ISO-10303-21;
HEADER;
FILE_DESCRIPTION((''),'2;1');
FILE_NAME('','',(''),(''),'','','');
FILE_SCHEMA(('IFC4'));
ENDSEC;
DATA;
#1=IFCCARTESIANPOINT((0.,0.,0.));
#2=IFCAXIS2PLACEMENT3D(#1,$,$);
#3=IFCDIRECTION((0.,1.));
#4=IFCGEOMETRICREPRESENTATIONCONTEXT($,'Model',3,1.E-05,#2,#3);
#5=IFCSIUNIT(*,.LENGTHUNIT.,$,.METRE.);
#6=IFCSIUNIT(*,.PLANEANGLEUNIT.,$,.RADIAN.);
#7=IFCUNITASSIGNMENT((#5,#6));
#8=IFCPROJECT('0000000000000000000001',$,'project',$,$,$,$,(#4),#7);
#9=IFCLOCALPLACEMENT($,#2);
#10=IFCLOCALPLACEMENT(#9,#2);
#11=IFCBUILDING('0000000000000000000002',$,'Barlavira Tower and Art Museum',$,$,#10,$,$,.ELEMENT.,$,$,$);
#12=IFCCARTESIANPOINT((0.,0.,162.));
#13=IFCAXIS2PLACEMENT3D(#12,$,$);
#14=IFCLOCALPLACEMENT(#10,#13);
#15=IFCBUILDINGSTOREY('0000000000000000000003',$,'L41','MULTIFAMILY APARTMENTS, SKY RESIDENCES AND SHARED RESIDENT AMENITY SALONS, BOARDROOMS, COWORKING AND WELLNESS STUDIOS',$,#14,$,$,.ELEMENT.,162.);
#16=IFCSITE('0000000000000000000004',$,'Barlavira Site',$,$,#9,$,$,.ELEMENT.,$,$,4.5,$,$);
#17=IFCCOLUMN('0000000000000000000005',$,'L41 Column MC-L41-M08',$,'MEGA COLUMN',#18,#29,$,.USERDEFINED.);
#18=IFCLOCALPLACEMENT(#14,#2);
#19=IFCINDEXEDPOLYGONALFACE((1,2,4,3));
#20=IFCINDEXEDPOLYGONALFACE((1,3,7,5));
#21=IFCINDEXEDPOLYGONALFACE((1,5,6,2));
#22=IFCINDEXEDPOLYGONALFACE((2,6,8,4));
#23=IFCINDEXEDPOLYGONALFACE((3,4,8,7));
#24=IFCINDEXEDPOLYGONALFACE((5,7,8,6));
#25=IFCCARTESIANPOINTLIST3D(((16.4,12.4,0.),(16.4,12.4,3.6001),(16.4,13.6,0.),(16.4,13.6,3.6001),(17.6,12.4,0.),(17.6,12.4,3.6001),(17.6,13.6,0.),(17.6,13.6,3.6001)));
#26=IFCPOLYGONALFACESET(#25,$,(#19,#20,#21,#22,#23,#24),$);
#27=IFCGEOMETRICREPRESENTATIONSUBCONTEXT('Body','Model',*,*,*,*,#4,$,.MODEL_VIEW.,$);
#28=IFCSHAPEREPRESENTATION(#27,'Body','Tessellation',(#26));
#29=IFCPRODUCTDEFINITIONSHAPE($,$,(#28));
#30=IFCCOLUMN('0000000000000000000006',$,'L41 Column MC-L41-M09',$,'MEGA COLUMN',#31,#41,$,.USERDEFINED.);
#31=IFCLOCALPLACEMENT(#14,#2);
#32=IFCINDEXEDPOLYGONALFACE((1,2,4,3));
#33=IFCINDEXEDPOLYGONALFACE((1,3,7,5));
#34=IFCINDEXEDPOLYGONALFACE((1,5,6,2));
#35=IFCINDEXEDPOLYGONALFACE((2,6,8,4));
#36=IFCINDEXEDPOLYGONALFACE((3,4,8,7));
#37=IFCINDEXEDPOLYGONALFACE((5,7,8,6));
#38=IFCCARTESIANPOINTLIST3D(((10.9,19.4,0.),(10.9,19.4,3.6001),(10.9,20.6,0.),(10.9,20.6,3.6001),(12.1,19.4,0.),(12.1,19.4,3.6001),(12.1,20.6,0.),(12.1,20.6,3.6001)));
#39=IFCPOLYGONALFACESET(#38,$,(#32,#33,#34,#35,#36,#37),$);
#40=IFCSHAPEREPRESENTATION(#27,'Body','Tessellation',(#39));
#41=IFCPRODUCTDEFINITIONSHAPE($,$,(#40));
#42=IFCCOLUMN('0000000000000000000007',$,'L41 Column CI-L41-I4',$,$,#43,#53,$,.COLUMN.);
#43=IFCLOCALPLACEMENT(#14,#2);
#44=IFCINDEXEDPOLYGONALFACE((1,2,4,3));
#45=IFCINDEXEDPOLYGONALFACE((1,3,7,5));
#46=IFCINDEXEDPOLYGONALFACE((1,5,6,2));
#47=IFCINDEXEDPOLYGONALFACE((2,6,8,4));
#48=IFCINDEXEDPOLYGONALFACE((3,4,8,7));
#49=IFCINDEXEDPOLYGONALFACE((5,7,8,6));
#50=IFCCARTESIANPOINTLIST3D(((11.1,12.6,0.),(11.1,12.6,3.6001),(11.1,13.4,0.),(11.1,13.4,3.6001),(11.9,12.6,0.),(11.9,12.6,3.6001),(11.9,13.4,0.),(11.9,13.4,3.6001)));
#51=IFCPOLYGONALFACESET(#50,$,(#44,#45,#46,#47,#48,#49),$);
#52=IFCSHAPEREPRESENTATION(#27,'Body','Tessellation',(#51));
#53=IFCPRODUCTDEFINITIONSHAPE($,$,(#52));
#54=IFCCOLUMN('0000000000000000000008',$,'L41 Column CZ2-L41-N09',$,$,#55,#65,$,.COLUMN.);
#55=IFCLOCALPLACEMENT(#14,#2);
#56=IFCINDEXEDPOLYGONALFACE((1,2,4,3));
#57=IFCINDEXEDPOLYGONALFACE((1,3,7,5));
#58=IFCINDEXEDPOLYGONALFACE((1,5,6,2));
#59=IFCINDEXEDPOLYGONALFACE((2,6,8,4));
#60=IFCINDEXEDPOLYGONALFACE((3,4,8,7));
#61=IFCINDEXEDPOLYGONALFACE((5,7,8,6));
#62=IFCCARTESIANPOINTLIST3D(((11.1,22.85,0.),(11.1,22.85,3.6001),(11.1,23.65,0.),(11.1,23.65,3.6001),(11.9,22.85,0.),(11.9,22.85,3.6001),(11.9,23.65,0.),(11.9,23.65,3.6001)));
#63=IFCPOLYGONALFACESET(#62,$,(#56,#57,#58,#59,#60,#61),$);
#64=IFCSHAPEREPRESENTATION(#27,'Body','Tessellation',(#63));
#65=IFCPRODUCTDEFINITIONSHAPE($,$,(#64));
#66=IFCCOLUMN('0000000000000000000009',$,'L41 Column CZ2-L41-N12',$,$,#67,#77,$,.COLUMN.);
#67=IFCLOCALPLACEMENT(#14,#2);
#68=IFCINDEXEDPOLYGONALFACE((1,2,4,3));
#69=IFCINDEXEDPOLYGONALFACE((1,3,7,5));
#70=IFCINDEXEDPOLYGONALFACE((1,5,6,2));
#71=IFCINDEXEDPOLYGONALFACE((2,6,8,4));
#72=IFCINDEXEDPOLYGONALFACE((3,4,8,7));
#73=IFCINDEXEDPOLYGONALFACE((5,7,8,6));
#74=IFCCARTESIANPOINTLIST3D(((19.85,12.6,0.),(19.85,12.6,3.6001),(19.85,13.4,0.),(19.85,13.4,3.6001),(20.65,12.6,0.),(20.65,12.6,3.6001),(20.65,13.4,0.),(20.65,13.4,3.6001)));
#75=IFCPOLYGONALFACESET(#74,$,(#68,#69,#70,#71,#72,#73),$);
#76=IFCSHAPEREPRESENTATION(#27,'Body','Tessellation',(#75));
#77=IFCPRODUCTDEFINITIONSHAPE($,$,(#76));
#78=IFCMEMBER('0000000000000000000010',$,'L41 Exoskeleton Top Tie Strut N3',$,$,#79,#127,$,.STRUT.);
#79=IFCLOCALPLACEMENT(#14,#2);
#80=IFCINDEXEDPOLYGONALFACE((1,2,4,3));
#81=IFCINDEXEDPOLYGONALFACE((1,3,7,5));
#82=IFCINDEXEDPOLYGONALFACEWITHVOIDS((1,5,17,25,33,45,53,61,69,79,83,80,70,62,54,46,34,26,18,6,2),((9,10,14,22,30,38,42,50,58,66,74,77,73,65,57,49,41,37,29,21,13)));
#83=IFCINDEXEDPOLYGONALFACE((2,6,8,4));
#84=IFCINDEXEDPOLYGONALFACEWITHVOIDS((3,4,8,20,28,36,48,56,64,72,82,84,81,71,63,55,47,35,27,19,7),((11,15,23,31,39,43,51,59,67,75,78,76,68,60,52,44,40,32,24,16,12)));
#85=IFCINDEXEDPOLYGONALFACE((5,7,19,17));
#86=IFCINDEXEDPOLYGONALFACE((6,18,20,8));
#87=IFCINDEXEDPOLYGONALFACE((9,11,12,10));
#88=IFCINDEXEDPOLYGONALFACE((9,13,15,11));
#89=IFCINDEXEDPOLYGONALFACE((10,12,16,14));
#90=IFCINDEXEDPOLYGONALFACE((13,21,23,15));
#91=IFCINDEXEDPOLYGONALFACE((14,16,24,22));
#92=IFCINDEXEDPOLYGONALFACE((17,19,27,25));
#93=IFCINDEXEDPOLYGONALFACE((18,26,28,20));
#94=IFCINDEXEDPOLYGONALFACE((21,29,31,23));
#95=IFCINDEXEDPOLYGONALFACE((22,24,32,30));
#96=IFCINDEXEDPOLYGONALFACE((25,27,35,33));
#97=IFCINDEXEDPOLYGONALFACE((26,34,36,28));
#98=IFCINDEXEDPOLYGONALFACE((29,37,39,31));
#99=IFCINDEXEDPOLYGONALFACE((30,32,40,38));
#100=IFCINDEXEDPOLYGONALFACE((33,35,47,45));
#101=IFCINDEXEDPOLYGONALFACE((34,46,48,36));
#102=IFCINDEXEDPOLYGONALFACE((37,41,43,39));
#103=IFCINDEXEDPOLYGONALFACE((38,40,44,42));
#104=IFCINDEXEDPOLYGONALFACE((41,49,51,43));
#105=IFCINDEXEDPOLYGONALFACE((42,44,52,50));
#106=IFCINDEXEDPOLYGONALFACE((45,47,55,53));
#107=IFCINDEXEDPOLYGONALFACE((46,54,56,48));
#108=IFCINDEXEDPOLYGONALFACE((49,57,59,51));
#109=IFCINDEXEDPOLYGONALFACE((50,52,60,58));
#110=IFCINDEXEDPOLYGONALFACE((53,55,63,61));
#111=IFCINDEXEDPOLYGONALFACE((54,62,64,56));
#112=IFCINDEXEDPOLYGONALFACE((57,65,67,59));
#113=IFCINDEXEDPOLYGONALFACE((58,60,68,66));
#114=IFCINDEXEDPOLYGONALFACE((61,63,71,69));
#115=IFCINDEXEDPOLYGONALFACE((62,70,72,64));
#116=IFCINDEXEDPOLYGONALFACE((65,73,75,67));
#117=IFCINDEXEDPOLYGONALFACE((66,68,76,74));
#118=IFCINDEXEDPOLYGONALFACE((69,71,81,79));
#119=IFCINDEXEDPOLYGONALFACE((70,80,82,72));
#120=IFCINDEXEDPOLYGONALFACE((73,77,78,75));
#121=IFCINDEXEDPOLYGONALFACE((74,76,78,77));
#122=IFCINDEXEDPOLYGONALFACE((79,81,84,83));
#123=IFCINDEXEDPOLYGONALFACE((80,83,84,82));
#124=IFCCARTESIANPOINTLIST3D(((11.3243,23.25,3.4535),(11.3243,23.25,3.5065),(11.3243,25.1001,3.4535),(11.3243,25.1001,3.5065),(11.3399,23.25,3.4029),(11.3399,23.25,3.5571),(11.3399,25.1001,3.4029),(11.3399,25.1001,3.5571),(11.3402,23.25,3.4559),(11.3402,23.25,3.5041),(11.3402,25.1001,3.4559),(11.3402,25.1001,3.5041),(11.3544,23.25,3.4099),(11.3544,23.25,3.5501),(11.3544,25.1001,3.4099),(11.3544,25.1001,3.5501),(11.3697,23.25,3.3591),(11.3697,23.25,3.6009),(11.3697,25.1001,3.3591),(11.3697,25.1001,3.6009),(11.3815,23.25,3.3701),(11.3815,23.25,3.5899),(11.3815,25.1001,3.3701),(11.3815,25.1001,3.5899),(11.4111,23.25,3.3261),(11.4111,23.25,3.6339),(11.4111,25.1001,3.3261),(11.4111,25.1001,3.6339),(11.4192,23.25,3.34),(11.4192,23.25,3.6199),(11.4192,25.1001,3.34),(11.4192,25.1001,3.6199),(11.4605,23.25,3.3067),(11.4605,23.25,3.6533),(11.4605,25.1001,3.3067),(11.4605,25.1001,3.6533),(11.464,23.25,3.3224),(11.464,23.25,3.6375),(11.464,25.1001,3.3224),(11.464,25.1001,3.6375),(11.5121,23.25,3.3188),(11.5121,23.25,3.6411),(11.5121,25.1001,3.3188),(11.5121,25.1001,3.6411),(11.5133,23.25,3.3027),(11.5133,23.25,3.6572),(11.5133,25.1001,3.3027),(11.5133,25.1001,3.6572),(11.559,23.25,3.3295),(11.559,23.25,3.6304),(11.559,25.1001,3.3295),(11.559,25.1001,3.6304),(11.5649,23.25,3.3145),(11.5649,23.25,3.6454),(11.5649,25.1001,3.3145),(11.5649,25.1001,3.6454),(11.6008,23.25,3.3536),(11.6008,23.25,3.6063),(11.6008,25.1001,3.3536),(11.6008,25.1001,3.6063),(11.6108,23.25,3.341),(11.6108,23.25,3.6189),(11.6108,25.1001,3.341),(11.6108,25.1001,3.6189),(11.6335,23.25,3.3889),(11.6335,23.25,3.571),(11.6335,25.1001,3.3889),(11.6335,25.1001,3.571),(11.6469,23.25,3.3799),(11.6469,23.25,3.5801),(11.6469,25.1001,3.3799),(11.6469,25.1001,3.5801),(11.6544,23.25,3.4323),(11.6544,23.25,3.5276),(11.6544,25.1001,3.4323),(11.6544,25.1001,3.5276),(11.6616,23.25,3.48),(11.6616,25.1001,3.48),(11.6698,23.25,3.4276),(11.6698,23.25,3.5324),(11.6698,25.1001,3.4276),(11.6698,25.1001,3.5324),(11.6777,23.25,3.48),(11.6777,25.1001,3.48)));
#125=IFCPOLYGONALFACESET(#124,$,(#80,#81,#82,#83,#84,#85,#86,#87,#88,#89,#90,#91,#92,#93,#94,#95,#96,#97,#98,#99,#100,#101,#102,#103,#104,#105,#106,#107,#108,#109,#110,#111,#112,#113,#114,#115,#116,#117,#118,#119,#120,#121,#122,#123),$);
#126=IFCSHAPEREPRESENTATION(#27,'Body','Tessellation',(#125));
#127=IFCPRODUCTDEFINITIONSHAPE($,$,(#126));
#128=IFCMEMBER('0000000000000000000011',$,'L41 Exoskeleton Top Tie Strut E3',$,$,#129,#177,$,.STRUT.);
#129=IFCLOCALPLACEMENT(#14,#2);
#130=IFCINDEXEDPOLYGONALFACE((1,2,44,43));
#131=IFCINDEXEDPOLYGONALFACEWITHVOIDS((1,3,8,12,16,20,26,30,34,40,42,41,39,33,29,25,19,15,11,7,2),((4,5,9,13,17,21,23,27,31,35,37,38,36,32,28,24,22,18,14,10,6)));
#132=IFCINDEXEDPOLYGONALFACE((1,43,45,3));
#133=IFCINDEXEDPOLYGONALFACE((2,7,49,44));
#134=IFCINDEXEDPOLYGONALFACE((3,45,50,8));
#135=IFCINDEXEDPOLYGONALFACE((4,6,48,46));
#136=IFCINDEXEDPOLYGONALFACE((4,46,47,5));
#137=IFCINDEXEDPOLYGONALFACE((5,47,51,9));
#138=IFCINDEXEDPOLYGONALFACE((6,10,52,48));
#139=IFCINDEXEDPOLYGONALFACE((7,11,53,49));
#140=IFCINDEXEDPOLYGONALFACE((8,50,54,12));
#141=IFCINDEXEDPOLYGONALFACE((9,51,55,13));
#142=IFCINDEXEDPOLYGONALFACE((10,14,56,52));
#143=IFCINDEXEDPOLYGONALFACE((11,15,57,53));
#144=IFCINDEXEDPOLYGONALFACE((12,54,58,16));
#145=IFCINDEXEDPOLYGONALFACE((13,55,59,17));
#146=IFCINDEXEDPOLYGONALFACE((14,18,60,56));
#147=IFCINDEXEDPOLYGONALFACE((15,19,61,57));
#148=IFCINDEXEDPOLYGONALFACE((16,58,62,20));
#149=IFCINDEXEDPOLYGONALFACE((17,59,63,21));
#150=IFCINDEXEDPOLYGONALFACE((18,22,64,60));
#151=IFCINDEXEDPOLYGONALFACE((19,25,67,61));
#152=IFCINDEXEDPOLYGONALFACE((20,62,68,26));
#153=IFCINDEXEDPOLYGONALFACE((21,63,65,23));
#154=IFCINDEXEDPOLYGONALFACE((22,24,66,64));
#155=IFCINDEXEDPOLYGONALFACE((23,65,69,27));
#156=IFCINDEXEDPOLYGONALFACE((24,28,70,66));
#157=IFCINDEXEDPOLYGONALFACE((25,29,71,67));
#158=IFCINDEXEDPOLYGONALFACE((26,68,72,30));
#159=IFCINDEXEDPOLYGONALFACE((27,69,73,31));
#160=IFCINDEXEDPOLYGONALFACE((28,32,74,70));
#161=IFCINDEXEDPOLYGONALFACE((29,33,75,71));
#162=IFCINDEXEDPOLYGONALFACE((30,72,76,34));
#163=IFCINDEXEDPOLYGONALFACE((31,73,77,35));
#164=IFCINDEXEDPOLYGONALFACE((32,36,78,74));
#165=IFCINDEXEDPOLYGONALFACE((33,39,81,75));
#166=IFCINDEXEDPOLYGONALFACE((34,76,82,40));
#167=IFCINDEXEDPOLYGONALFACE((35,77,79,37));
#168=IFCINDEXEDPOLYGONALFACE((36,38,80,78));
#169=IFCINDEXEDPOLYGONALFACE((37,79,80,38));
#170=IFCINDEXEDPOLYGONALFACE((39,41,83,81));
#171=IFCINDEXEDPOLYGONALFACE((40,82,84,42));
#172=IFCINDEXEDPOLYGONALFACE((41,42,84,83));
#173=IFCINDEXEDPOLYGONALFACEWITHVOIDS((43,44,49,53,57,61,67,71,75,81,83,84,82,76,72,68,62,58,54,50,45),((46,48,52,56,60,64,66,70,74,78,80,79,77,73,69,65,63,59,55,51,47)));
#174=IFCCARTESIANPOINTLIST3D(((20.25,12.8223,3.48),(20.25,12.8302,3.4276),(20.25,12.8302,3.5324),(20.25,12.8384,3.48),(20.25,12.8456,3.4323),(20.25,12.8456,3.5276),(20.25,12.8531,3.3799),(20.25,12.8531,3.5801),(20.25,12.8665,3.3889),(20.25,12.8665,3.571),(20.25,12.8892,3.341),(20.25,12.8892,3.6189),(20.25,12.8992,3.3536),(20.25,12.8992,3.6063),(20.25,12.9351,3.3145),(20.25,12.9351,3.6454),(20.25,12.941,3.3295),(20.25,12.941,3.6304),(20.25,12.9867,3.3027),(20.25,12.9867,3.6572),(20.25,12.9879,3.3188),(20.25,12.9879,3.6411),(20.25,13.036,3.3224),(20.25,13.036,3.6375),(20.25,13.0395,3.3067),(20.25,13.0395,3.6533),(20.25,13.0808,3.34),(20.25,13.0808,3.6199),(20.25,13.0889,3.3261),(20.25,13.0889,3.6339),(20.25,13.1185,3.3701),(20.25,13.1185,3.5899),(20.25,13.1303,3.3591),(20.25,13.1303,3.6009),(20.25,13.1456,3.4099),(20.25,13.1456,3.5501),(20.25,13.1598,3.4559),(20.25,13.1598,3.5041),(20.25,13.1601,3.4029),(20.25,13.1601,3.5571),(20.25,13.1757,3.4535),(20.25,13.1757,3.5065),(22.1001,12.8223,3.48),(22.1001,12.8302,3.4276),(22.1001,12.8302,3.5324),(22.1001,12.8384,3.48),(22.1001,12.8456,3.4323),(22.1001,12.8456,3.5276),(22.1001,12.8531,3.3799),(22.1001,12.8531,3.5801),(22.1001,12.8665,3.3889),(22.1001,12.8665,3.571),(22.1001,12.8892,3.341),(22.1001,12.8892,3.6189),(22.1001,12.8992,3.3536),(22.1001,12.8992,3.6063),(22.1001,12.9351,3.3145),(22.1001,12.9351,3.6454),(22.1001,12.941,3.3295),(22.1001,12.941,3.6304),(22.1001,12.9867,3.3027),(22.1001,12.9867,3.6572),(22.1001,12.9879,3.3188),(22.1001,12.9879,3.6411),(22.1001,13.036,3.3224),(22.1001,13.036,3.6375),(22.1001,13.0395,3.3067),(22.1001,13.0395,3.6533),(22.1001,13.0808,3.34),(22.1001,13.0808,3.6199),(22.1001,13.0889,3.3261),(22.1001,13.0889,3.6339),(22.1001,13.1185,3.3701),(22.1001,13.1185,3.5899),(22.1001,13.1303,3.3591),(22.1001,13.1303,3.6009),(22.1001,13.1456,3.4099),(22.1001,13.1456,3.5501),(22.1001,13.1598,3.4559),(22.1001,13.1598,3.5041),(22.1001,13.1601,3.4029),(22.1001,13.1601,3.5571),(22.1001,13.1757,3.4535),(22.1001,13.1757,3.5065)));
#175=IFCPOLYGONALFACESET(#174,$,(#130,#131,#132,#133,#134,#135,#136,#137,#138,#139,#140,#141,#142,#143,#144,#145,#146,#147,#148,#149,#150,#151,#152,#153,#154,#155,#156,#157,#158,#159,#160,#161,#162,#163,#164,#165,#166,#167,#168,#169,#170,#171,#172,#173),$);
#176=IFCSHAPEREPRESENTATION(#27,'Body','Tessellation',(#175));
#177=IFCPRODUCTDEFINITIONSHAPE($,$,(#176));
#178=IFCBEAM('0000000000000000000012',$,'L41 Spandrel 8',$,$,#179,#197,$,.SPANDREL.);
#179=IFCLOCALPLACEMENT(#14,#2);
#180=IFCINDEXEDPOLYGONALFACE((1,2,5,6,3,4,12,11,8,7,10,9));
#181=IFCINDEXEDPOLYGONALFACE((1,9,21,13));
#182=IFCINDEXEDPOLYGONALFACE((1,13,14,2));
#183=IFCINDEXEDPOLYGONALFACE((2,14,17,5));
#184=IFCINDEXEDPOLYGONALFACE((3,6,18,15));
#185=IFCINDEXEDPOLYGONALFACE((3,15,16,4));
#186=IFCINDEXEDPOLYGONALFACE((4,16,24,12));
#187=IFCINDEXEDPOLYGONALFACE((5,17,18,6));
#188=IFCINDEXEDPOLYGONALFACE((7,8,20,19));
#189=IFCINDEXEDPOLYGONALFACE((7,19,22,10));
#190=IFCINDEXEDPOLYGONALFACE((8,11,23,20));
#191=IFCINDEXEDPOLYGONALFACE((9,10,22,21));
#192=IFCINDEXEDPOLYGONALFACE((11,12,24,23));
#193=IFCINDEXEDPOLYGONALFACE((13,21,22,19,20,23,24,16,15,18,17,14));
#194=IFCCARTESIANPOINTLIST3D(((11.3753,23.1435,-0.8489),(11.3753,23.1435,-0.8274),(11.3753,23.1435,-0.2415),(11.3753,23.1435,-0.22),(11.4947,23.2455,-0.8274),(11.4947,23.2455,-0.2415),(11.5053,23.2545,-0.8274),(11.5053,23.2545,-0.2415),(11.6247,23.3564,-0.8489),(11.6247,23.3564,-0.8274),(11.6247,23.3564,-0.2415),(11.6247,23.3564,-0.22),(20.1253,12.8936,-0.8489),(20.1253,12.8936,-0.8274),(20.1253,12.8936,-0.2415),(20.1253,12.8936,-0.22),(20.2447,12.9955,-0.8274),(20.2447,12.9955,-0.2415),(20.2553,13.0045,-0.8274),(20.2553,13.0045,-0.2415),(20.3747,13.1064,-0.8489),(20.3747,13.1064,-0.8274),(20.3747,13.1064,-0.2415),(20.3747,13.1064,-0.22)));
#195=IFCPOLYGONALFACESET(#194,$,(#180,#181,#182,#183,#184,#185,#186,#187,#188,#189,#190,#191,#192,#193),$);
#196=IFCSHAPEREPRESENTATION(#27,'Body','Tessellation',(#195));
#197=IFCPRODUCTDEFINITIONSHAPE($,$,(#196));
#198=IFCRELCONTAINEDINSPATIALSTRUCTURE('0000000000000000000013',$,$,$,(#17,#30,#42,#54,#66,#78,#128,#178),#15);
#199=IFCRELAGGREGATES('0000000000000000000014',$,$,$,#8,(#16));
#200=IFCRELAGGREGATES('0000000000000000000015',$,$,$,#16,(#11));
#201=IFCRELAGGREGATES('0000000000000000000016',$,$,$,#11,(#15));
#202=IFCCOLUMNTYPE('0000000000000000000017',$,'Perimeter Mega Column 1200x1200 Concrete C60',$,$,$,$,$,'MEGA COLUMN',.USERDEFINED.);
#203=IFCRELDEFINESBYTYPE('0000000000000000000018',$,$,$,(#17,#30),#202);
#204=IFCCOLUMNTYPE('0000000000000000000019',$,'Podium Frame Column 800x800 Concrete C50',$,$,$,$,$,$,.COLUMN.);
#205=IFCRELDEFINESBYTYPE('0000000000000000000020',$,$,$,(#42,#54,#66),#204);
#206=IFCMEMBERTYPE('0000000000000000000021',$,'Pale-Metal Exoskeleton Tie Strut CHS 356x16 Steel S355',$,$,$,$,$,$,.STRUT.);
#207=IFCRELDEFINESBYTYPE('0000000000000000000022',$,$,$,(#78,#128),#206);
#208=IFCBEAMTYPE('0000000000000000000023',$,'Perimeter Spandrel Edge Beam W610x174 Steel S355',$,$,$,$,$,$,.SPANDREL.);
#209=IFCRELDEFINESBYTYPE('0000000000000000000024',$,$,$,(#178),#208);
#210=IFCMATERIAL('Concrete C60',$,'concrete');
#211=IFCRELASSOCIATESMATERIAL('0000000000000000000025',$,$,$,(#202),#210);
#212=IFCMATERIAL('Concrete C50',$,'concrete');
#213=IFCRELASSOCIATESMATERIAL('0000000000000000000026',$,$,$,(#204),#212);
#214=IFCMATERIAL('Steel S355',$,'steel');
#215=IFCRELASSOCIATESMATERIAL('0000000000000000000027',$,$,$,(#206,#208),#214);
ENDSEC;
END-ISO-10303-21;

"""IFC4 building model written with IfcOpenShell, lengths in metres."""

from ifc_helpers import new_model, si_unit, direction, frame, origin, origin_2d, place, context, subcontext, project, spatial, rectangle, hollow_circle, i_section, extrude, material, material_profile, profile_set, type_object, element, save


model = new_model("IFC4")

# Units and contexts
model_context = context("Model", 3, precision=1e-05, world=origin(), true_north=direction((0.0, 1.0)))
body_context = subcontext(model_context, "Body", "Model", "MODEL_VIEW")
ifc_project = project(units=[si_unit("LENGTHUNIT", "METRE"), si_unit("PLANEANGLEUNIT", "RADIAN")], contexts=[model_context])

# Site, building, storey
site_placement = place(None, origin())
site = spatial("IfcSite", under=ifc_project, at=site_placement, Name="Barlavira Site", CompositionType="ELEMENT", RefElevation=4.5)
building_placement = place(site_placement, origin())
building = spatial("IfcBuilding", under=site, at=building_placement, Name="Barlavira Tower and Art Museum", CompositionType="ELEMENT")
storey_placement = place(building_placement, frame((0.0, 0.0, 162.0)))
storey = spatial("IfcBuildingStorey", under=building, at=storey_placement, Name="L41", Description="MULTIFAMILY APARTMENTS, SKY RESIDENCES AND SHARED RESIDENT AMENITY SALONS, BOARDROOMS, COWORKING AND WELLNESS STUDIOS", CompositionType="ELEMENT", Elevation=162.0)

# Columns
ifc_material_1 = material(Name="Concrete C60", Category="concrete")
ifc_material_profile_1 = material_profile(ifc_material_1, rectangle(XDim=1.2, YDim=1.2, at=origin_2d()), Name="RC-COL 1200x1200")
ifc_profile_set_1 = profile_set([ifc_material_profile_1], Name="Concrete C60")
column_type_1 = type_object("IfcColumnType", Name="Perimeter Mega Column 1200x1200 Concrete C60", ElementType="MEGA COLUMN", PredefinedType="USERDEFINED", material=ifc_profile_set_1)
for number, where, z_axis, x_axis, name in (
    (1, (17.0, 13.0, 0.0), (0.0, 0.0, 1.0), (1.0, 0.0, 0.0), "L41 Column MC-L41-M08"),
    (2, (11.5, 20.0, 0.0), (0.0, 0.0, 1.0), (1.0, 0.0, 0.0), "L41 Column MC-L41-M09"),
):
    element("IfcColumn", number, at=place(storey_placement, frame(where, z_axis=z_axis, x_axis=x_axis)), inside=storey, type_object=column_type_1, Name=name, ObjectType="MEGA COLUMN", PredefinedType="USERDEFINED", context=body_context, shape_type="SweptSolid", body=[
        extrude(rectangle(XDim=1.2, YDim=1.2, at=origin_2d()), origin(), (0.0, 0.0, 1.0), 3.6001),
    ])
ifc_material_2 = material(Name="Concrete C50", Category="concrete")
ifc_material_profile_2 = material_profile(ifc_material_2, rectangle(XDim=0.8, YDim=0.8, at=origin_2d()), Name="RC-COL 800x800")
ifc_profile_set_2 = profile_set([ifc_material_profile_2], Name="Concrete C50")
column_type_2 = type_object("IfcColumnType", Name="Podium Frame Column 800x800 Concrete C50", PredefinedType="COLUMN", material=ifc_profile_set_2)
for number, where, z_axis, x_axis, name in (
    (3, (11.5, 13.0, 0.0), (0.0, 0.0, 1.0), (1.0, 0.0, 0.0), "L41 Column CI-L41-I4"),
    (4, (11.5, 23.25, 0.0), (0.0, 0.0, 1.0), (1.0, 0.0, 0.0), "L41 Column CZ2-L41-N09"),
    (5, (20.25, 13.0, 0.0), (0.0, 0.0, 1.0), (1.0, 0.0, 0.0), "L41 Column CZ2-L41-N12"),
):
    element("IfcColumn", number, at=place(storey_placement, frame(where, z_axis=z_axis, x_axis=x_axis)), inside=storey, type_object=column_type_2, Name=name, PredefinedType="COLUMN", context=body_context, shape_type="SweptSolid", body=[
        extrude(rectangle(XDim=0.8, YDim=0.8, at=origin_2d()), origin(), (0.0, 0.0, 1.0), 3.6001),
    ])

# Members
ifc_material_3 = material(Name="Steel S355", Category="steel")
ifc_material_profile_3 = material_profile(ifc_material_3, hollow_circle(Radius=0.1777, WallThickness=0.0161, at=origin_2d()), Name="CHS 355.6x16.0")
ifc_profile_set_3 = profile_set([ifc_material_profile_3], Name="Steel S355")
member_type = type_object("IfcMemberType", Name="Pale-Metal Exoskeleton Tie Strut CHS 356x16 Steel S355", PredefinedType="STRUT", material=ifc_profile_set_3)
for number, where, z_axis, x_axis, name in (
    (6, (11.5, 25.1001, 3.48), (0.0, -1.0, 0.0), (1.0, 0.0, 0.0), "L41 Exoskeleton Top Tie Strut N3"),
    (7, (22.1001, 13.0, 3.48), (-1.0, 0.0, 0.0), (0.0, -1.0, 0.0), "L41 Exoskeleton Top Tie Strut E3"),
):
    element("IfcMember", number, at=place(storey_placement, frame(where, z_axis=z_axis, x_axis=x_axis)), inside=storey, type_object=member_type, Name=name, PredefinedType="STRUT", context=body_context, shape_type="SweptSolid", body=[
        extrude(hollow_circle(Radius=0.1777, WallThickness=0.0161, at=origin_2d()), origin(), (0.0, 0.0, 1.0), 1.8501),
    ])

# Beam
ifc_material_profile_4 = material_profile(ifc_material_3, i_section(OverallWidth=0.3279, OverallDepth=0.6289, WebThickness=0.0139, FlangeThickness=0.0215, at=origin_2d()), Name="W610x174.0")
ifc_profile_set_4 = profile_set([ifc_material_profile_4], Name="Steel S355")
beam_type_1 = type_object("IfcBeamType", Name="Perimeter Spandrel Edge Beam W610x174 Steel S355", PredefinedType="SPANDREL", material=ifc_profile_set_4)
beam_1_placement = place(storey_placement, frame((20.25, 13.0, -0.5344), z_axis=(-0.649262, 0.760565, 0.0), x_axis=(-0.760565, -0.649262, 0.0)))
element("IfcBeam", 8, at=beam_1_placement, inside=storey, type_object=beam_type_1, Name="L41 Spandrel 8", PredefinedType="SPANDREL", context=body_context, shape_type="SweptSolid", body=[
    extrude(i_section(OverallWidth=0.3279, OverallDepth=0.6289, WebThickness=0.0139, FlangeThickness=0.0215, at=origin_2d()), origin(), (0.0, 0.0, 1.0), 13.4768),
])

save(model, "model.ifc")
